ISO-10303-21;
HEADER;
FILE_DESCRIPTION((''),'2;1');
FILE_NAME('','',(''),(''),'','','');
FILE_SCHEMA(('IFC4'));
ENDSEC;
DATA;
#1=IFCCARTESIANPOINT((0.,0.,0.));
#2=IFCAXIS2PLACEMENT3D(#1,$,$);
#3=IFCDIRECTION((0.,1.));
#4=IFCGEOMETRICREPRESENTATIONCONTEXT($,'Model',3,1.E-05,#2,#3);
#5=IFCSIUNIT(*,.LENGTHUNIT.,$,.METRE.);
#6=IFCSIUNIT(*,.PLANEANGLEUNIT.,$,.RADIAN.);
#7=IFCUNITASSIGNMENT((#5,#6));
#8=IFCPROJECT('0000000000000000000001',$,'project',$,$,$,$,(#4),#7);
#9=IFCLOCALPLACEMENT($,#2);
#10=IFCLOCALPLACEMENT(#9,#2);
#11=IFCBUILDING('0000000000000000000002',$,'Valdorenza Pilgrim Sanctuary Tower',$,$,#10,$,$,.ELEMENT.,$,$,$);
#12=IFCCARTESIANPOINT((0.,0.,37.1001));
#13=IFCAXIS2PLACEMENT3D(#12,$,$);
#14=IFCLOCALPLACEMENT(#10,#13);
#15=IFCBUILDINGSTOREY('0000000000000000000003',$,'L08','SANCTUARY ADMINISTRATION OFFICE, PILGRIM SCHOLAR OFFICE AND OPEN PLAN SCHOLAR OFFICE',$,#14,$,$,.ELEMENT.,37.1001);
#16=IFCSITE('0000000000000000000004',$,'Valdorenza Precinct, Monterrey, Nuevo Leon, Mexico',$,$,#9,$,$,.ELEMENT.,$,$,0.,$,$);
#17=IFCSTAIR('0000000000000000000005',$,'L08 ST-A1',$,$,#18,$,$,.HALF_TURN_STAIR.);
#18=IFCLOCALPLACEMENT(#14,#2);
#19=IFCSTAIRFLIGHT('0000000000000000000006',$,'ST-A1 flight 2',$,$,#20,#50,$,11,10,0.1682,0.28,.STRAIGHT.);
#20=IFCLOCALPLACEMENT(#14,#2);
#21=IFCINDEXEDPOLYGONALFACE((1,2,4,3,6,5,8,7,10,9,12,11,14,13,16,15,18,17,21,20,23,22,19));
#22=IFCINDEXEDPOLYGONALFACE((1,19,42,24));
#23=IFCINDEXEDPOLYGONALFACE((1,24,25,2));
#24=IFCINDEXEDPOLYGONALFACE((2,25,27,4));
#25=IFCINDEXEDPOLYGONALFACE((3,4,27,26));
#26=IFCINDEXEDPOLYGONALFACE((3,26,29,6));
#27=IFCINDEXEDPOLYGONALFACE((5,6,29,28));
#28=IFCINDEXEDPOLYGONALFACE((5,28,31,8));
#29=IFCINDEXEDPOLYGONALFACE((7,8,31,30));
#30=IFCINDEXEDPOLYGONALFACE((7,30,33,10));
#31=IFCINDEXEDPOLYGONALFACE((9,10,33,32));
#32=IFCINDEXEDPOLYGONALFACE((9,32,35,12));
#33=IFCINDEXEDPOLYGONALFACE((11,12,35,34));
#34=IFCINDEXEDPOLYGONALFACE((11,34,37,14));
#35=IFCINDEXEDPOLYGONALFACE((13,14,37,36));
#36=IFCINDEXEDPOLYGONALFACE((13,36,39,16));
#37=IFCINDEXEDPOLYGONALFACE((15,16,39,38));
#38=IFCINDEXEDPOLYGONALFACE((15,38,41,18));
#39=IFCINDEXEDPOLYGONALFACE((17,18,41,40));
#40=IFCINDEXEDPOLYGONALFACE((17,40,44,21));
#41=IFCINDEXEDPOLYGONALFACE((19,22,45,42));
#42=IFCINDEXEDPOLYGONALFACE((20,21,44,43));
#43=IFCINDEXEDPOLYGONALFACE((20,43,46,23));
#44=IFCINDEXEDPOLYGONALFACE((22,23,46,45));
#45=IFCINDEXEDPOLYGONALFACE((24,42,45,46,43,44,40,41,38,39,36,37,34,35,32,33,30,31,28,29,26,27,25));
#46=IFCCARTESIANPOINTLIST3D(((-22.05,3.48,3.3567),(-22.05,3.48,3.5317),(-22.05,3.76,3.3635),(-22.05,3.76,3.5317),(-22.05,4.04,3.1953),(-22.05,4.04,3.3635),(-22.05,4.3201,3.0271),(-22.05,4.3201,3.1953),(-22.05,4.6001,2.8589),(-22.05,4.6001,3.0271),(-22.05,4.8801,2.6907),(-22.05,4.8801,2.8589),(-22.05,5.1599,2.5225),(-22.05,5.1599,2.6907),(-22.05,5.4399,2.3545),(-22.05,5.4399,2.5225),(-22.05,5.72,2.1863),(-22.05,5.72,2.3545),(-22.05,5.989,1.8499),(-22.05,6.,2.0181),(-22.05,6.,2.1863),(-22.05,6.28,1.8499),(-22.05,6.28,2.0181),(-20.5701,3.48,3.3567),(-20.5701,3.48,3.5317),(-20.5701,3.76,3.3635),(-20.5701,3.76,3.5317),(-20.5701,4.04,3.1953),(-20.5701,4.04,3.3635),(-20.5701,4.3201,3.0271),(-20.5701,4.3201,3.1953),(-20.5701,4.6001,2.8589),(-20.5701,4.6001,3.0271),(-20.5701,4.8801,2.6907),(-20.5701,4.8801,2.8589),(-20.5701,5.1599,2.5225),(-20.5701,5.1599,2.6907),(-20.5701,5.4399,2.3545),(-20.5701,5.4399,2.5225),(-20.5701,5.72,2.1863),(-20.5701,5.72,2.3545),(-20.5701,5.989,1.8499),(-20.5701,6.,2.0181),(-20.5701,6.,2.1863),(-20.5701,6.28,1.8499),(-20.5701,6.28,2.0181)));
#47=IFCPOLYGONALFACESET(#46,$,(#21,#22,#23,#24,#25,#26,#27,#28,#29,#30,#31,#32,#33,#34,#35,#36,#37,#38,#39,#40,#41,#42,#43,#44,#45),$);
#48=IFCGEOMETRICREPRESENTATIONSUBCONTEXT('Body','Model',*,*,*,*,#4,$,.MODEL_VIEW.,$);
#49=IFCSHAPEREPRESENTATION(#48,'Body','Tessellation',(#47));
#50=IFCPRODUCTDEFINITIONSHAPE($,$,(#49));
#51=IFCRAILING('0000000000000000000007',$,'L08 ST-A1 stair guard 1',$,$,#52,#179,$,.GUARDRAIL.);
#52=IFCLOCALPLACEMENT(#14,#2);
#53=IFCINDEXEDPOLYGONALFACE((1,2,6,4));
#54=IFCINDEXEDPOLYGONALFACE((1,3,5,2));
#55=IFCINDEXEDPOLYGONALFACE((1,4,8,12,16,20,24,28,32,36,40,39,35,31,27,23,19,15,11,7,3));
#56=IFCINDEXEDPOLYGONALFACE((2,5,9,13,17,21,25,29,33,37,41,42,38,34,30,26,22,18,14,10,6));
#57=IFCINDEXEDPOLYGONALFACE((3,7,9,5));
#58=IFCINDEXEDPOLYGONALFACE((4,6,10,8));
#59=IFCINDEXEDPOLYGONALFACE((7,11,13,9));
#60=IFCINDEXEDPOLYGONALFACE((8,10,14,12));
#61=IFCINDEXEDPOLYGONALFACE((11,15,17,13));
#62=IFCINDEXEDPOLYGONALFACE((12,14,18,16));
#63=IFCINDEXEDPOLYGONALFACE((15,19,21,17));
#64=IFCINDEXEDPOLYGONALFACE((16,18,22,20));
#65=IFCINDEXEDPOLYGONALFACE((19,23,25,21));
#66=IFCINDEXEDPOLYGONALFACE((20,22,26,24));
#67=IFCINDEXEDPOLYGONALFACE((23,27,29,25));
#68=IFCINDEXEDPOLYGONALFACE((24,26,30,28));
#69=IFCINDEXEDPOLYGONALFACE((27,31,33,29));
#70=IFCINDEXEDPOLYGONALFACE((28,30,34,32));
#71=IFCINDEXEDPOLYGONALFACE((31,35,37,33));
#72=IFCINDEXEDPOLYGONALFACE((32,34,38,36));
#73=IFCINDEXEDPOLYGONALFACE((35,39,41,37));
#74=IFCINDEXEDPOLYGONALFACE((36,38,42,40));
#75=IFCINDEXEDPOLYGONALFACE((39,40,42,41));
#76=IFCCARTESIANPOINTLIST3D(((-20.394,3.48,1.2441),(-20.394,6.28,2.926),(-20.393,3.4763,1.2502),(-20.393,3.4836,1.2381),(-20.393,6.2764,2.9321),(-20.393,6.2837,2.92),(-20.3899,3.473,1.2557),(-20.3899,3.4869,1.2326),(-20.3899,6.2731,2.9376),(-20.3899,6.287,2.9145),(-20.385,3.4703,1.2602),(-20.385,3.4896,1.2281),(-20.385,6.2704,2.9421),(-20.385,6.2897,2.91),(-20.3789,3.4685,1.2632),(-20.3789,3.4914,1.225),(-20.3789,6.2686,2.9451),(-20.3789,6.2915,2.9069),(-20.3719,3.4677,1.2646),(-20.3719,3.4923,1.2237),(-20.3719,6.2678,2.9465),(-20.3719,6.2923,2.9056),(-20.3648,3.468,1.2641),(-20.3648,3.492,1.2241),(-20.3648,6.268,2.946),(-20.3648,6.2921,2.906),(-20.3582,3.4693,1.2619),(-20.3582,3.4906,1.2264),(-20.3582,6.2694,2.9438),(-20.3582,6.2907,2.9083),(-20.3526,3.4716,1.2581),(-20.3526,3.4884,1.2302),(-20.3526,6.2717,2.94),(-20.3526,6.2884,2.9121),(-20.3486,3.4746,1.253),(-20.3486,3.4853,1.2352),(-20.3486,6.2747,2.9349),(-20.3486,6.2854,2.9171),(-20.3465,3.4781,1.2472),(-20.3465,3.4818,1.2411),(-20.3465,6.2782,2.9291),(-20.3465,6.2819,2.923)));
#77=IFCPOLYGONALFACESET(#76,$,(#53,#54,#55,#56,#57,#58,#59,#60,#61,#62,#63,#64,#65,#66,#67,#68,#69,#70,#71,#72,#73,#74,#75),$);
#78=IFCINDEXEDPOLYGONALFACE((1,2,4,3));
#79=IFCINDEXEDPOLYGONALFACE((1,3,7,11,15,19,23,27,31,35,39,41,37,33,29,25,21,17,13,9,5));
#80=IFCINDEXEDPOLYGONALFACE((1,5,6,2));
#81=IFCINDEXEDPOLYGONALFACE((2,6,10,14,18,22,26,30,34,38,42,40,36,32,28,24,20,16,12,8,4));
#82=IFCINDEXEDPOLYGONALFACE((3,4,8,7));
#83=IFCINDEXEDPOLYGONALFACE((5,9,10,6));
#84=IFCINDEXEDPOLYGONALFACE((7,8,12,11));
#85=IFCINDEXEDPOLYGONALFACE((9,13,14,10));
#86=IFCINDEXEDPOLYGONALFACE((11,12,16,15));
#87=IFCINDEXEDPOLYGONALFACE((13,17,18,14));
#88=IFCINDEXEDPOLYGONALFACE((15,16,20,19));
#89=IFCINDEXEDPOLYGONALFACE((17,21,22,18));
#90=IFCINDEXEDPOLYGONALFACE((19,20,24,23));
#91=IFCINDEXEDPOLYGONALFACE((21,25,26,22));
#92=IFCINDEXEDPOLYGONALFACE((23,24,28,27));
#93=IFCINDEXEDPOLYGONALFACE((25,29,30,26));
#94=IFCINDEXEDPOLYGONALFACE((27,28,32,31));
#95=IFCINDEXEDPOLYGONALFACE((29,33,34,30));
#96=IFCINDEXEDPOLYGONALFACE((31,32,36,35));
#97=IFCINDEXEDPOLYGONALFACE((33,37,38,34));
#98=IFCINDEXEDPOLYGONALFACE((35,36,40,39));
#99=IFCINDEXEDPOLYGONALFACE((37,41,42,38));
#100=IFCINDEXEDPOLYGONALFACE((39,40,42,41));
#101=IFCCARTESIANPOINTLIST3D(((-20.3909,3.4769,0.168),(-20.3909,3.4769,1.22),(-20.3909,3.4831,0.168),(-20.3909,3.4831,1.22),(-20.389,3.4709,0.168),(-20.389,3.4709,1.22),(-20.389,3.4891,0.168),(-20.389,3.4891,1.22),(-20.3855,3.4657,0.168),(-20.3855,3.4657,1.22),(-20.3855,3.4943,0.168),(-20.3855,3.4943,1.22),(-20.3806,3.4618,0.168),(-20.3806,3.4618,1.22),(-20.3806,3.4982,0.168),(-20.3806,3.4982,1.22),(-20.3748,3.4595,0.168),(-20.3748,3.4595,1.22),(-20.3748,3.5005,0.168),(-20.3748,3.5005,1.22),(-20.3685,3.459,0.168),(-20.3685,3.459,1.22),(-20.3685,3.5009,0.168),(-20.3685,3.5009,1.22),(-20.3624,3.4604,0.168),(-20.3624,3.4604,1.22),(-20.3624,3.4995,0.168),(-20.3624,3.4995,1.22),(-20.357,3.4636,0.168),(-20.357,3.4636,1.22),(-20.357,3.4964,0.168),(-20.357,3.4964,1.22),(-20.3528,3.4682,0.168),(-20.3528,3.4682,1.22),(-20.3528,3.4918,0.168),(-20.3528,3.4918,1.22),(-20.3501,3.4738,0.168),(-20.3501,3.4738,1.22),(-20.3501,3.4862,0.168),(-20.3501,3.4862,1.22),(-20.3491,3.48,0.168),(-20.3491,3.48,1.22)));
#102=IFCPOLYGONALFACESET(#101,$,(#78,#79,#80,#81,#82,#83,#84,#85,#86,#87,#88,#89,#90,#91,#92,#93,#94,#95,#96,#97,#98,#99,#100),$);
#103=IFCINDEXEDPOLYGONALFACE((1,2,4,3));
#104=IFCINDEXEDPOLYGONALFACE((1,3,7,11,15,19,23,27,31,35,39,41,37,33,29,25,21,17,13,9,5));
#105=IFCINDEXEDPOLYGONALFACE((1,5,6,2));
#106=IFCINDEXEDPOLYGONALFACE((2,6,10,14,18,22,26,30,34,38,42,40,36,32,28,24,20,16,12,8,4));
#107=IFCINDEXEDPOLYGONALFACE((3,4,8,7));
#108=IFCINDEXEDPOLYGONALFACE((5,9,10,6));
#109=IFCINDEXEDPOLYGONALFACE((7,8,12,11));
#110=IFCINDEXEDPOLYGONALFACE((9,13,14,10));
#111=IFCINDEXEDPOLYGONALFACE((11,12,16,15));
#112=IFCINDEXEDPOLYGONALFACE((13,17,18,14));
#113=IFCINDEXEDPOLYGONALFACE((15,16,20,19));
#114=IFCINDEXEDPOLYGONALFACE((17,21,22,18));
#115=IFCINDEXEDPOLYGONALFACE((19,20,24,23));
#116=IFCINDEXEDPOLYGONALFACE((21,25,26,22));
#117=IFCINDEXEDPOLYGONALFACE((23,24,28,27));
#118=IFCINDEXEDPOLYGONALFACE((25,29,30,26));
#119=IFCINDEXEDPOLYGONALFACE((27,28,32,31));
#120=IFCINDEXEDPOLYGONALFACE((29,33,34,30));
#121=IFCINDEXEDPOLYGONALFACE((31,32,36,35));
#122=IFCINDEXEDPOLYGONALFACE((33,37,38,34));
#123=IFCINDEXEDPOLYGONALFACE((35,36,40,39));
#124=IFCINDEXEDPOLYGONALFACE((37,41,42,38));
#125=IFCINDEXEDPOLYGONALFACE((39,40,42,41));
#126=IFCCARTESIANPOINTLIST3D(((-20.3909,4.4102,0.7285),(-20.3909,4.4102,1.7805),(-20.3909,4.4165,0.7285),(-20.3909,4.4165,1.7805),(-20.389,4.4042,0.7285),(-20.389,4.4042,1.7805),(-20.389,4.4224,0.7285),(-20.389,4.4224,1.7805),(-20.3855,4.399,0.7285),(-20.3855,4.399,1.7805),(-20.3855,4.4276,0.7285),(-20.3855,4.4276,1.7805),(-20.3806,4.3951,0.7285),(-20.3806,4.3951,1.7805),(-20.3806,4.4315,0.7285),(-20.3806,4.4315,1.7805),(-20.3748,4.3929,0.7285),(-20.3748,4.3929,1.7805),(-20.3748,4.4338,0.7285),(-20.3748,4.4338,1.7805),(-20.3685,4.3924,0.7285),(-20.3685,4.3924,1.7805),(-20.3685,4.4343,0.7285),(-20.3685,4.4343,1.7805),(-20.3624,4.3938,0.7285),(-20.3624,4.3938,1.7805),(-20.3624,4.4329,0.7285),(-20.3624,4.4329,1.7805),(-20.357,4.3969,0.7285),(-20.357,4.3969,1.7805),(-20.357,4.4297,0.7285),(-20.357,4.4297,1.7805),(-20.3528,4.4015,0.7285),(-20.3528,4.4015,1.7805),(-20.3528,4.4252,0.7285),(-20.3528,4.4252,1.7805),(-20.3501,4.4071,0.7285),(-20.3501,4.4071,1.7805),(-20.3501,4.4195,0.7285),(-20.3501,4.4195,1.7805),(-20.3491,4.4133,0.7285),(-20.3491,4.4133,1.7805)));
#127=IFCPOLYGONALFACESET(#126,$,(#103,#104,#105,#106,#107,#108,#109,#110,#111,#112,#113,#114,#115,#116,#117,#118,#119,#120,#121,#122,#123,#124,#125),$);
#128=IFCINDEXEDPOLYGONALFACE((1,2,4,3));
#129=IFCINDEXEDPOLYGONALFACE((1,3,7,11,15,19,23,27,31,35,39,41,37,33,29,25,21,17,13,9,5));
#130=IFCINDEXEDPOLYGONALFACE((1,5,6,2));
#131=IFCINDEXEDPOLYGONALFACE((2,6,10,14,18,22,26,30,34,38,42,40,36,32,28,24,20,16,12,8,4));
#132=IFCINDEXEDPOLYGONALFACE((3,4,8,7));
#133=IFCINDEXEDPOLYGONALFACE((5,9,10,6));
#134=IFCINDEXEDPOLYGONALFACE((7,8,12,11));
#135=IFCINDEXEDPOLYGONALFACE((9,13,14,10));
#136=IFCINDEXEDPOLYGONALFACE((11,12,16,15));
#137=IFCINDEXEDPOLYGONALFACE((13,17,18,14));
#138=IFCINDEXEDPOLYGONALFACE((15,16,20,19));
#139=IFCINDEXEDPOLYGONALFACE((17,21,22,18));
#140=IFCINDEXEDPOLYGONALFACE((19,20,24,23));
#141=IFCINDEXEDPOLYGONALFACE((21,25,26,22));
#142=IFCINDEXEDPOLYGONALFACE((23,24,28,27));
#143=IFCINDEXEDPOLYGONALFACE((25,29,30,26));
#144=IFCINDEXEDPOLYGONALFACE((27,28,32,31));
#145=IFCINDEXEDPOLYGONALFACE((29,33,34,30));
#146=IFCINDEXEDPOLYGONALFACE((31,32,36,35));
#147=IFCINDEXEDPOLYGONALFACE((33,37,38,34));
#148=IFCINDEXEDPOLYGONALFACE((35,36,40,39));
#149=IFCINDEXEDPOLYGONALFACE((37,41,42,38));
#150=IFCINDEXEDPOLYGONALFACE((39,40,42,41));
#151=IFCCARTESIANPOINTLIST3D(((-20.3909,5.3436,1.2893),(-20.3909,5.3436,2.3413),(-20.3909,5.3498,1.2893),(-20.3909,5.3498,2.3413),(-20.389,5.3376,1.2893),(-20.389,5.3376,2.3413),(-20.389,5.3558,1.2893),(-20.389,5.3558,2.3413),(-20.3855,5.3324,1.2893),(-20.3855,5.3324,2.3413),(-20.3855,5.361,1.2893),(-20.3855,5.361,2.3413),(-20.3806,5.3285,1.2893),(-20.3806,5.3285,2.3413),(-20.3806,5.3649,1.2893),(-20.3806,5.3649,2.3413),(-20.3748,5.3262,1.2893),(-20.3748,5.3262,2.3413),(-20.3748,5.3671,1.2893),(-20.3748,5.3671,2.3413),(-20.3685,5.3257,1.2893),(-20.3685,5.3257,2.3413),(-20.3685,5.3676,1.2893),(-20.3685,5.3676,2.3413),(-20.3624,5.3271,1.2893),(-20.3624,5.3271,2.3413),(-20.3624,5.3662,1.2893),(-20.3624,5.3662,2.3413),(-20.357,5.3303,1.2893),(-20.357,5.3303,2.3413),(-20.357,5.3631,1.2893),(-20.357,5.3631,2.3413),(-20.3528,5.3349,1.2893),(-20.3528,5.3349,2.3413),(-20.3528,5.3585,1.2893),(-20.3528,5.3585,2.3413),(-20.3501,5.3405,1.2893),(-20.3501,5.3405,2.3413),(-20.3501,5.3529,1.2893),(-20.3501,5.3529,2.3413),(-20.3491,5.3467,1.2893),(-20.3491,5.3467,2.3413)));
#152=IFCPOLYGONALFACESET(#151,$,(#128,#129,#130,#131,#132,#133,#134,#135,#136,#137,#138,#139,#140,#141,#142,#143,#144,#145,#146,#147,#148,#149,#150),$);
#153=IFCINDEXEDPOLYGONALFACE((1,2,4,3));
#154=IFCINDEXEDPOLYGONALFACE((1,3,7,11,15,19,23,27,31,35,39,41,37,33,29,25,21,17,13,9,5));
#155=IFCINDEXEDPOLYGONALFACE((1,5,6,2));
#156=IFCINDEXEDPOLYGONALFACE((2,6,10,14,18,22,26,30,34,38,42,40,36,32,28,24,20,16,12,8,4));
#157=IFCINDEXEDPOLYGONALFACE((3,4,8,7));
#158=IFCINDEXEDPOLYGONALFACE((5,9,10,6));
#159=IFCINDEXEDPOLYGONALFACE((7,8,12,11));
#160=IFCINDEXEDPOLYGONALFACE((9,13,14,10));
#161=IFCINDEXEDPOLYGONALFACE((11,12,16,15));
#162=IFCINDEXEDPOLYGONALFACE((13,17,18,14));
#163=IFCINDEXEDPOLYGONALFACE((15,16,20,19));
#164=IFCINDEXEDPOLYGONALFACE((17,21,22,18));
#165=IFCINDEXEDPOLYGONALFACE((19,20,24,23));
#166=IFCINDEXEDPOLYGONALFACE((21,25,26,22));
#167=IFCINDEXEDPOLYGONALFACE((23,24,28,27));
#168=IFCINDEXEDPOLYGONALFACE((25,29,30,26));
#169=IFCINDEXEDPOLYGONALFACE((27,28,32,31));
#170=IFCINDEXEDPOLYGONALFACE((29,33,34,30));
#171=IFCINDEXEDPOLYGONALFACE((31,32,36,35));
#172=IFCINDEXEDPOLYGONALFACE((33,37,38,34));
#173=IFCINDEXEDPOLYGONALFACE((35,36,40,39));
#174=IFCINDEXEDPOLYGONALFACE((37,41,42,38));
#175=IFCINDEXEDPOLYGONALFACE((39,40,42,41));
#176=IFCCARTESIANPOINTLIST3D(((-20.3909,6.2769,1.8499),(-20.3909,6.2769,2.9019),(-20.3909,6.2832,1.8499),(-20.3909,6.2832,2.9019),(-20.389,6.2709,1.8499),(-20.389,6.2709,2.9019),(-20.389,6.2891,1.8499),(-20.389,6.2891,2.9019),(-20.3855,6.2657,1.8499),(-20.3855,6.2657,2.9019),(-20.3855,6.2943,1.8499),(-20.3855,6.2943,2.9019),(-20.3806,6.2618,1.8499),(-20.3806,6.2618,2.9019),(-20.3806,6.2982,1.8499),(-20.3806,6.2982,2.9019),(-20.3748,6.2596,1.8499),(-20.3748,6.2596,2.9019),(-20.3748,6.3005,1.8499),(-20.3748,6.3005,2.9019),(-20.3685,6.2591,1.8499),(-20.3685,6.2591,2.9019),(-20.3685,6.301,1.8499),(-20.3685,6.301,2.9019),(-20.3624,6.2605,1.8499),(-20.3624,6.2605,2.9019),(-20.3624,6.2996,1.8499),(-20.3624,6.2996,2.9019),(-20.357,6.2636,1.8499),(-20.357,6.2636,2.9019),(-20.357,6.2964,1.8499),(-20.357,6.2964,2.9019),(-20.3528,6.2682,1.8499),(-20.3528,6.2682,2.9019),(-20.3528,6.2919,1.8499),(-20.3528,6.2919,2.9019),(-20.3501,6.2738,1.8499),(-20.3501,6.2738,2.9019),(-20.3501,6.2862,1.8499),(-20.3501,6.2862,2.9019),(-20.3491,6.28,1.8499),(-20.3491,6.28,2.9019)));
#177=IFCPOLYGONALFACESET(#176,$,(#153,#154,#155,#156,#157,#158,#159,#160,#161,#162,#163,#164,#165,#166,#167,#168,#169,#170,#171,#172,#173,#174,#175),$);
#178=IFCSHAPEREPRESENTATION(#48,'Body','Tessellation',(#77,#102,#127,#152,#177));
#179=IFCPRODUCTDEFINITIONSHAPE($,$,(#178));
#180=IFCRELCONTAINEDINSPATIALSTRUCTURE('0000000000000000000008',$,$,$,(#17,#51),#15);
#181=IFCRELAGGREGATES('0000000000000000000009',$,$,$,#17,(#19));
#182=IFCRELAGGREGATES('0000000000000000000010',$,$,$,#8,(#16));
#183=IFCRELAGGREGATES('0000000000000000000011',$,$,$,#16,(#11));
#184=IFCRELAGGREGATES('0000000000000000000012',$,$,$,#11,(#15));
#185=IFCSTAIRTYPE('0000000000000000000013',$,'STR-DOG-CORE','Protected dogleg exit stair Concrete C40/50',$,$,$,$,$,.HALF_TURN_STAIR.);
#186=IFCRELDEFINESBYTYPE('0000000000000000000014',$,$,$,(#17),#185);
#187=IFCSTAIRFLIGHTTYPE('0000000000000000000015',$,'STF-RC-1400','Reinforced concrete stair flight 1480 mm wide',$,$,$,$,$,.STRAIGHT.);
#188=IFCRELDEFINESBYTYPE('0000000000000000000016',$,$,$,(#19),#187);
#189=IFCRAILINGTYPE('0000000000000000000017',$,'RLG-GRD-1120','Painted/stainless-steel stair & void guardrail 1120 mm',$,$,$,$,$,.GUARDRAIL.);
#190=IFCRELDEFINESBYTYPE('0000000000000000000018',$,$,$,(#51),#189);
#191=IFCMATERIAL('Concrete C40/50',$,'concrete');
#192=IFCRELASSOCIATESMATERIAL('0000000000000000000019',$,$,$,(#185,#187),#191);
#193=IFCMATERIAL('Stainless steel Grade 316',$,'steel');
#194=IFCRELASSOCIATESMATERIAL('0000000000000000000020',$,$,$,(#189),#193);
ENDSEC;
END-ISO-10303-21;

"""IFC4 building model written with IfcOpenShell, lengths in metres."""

from ifc_helpers import new_model, si_unit, direction, frame, origin, origin_2d, place, context, subcontext, project, spatial, polyline, circle, outline, extrude, material, type_object, element, aggregate, save


model = new_model("IFC4")

# Units and contexts
model_context = context("Model", 3, precision=1e-05, world=origin(), true_north=direction((0.0, 1.0)))
body_context = subcontext(model_context, "Body", "Model", "MODEL_VIEW")
ifc_project = project(units=[si_unit("LENGTHUNIT", "METRE"), si_unit("PLANEANGLEUNIT", "RADIAN")], contexts=[model_context])

# Site, building, storey
site_placement = place(None, origin())
site = spatial("IfcSite", under=ifc_project, at=site_placement, Name="Valdorenza Precinct, Monterrey, Nuevo Leon, Mexico", CompositionType="ELEMENT", RefElevation=0.0)
building_placement = place(site_placement, origin())
building = spatial("IfcBuilding", under=site, at=building_placement, Name="Valdorenza Pilgrim Sanctuary Tower", CompositionType="ELEMENT")
storey_placement = place(building_placement, frame((0.0, 0.0, 37.1001)))
storey = spatial("IfcBuildingStorey", under=building, at=storey_placement, Name="L08", Description="SANCTUARY ADMINISTRATION OFFICE, PILGRIM SCHOLAR OFFICE AND OPEN PLAN SCHOLAR OFFICE", CompositionType="ELEMENT", Elevation=37.1001)

# Shared definitions
ifc_material_1 = material(Name="Concrete C40/50", Category="concrete")

# Stair, stair flight
stair_type = type_object("IfcStairType", Name="STR-DOG-CORE", Description="Protected dogleg exit stair Concrete C40/50", PredefinedType="HALF_TURN_STAIR", material=ifc_material_1)
stair_placement = place(storey_placement, origin())
stair = element("IfcStair", 1, at=stair_placement, inside=storey, type_object=stair_type, Name="L08 ST-A1", PredefinedType="HALF_TURN_STAIR")
stair_flight_type = type_object("IfcStairFlightType", Name="STF-RC-1400", Description="Reinforced concrete stair flight 1480 mm wide", PredefinedType="STRAIGHT", material=ifc_material_1)
stair_flight_1_placement = place(storey_placement, frame((-21.3101, 6.28, 1.8499), z_axis=(0.0, 0.0, 1.0), x_axis=(0.0, -1.0, 0.0)))
stair_flight_1 = element("IfcStairFlight", 2, at=stair_flight_1_placement, type_object=stair_flight_type, Name="ST-A1 flight 2", NumberOfRisers=11, NumberOfTreads=10, PredefinedType="STRAIGHT", RiserHeight=0.1682, TreadLength=0.28, context=body_context, shape_type="SweptSolid", body=[
    extrude(outline(polyline([(0.0, 0.0), (0.0, 0.1682), (0.28, 0.1682), (0.28, 0.3364), (0.5601, 0.3364), (0.5601, 0.5046), (0.8401, 0.5046), (0.8401, 0.6726), (1.1201, 0.6726), (1.1201, 0.8408), (1.3999, 0.8408), (1.3999, 1.009), (1.6799, 1.009), (1.6799, 1.1772), (1.96, 1.1772), (1.96, 1.3455), (2.24, 1.3455), (2.24, 1.5137), (2.52, 1.5137), (2.52, 1.6819), (2.8, 1.6819), (2.8, 1.8501), (2.8, 1.5068), (0.291, 0.0), (0.0, 0.0)])), frame((0.0, 0.74, 0.0), z_axis=(0.0, -1.0, 0.0), x_axis=(1.0, 0.0, 0.0)), (0.0, 0.0, 1.0), 1.48),
])
aggregate(stair, [stair_flight_1])

# Railing
ifc_material_2 = material(Name="Stainless steel Grade 316", Category="steel")
railing_type_1 = type_object("IfcRailingType", Name="RLG-GRD-1120", Description="Painted/stainless-steel stair & void guardrail 1120 mm", PredefinedType="GUARDRAIL", material=ifc_material_2)
railing_1_placement = place(storey_placement, frame((-20.3701, 3.48, 0.168)))
element("IfcRailing", 3, at=railing_1_placement, inside=storey, type_object=railing_type_1, Name="L08 ST-A1 stair guard 1", PredefinedType="GUARDRAIL", context=body_context, shape_type="SweptSolid", body=[
    extrude(circle(Radius=0.0239, at=origin_2d()), frame((0.0, 0.0, 1.0762), z_axis=(0.0, 0.857242, 0.514913), x_axis=(-1.0, 0.0, 0.0)), (0.0, 0.0, 1.0), 3.2664),
    extrude(circle(Radius=0.021, at=origin_2d()), origin(), (0.0, 0.0, 1.0), 1.052),
    extrude(circle(Radius=0.021, at=origin_2d()), frame((0.0, 0.9333, 0.5605)), (0.0, 0.0, 1.0), 1.052),
    extrude(circle(Radius=0.021, at=origin_2d()), frame((0.0, 1.8667, 1.1213)), (0.0, 0.0, 1.0), 1.052),
    extrude(circle(Radius=0.021, at=origin_2d()), frame((0.0, 2.8, 1.6819)), (0.0, 0.0, 1.0), 1.052),
])

save(model, "model.ifc")
